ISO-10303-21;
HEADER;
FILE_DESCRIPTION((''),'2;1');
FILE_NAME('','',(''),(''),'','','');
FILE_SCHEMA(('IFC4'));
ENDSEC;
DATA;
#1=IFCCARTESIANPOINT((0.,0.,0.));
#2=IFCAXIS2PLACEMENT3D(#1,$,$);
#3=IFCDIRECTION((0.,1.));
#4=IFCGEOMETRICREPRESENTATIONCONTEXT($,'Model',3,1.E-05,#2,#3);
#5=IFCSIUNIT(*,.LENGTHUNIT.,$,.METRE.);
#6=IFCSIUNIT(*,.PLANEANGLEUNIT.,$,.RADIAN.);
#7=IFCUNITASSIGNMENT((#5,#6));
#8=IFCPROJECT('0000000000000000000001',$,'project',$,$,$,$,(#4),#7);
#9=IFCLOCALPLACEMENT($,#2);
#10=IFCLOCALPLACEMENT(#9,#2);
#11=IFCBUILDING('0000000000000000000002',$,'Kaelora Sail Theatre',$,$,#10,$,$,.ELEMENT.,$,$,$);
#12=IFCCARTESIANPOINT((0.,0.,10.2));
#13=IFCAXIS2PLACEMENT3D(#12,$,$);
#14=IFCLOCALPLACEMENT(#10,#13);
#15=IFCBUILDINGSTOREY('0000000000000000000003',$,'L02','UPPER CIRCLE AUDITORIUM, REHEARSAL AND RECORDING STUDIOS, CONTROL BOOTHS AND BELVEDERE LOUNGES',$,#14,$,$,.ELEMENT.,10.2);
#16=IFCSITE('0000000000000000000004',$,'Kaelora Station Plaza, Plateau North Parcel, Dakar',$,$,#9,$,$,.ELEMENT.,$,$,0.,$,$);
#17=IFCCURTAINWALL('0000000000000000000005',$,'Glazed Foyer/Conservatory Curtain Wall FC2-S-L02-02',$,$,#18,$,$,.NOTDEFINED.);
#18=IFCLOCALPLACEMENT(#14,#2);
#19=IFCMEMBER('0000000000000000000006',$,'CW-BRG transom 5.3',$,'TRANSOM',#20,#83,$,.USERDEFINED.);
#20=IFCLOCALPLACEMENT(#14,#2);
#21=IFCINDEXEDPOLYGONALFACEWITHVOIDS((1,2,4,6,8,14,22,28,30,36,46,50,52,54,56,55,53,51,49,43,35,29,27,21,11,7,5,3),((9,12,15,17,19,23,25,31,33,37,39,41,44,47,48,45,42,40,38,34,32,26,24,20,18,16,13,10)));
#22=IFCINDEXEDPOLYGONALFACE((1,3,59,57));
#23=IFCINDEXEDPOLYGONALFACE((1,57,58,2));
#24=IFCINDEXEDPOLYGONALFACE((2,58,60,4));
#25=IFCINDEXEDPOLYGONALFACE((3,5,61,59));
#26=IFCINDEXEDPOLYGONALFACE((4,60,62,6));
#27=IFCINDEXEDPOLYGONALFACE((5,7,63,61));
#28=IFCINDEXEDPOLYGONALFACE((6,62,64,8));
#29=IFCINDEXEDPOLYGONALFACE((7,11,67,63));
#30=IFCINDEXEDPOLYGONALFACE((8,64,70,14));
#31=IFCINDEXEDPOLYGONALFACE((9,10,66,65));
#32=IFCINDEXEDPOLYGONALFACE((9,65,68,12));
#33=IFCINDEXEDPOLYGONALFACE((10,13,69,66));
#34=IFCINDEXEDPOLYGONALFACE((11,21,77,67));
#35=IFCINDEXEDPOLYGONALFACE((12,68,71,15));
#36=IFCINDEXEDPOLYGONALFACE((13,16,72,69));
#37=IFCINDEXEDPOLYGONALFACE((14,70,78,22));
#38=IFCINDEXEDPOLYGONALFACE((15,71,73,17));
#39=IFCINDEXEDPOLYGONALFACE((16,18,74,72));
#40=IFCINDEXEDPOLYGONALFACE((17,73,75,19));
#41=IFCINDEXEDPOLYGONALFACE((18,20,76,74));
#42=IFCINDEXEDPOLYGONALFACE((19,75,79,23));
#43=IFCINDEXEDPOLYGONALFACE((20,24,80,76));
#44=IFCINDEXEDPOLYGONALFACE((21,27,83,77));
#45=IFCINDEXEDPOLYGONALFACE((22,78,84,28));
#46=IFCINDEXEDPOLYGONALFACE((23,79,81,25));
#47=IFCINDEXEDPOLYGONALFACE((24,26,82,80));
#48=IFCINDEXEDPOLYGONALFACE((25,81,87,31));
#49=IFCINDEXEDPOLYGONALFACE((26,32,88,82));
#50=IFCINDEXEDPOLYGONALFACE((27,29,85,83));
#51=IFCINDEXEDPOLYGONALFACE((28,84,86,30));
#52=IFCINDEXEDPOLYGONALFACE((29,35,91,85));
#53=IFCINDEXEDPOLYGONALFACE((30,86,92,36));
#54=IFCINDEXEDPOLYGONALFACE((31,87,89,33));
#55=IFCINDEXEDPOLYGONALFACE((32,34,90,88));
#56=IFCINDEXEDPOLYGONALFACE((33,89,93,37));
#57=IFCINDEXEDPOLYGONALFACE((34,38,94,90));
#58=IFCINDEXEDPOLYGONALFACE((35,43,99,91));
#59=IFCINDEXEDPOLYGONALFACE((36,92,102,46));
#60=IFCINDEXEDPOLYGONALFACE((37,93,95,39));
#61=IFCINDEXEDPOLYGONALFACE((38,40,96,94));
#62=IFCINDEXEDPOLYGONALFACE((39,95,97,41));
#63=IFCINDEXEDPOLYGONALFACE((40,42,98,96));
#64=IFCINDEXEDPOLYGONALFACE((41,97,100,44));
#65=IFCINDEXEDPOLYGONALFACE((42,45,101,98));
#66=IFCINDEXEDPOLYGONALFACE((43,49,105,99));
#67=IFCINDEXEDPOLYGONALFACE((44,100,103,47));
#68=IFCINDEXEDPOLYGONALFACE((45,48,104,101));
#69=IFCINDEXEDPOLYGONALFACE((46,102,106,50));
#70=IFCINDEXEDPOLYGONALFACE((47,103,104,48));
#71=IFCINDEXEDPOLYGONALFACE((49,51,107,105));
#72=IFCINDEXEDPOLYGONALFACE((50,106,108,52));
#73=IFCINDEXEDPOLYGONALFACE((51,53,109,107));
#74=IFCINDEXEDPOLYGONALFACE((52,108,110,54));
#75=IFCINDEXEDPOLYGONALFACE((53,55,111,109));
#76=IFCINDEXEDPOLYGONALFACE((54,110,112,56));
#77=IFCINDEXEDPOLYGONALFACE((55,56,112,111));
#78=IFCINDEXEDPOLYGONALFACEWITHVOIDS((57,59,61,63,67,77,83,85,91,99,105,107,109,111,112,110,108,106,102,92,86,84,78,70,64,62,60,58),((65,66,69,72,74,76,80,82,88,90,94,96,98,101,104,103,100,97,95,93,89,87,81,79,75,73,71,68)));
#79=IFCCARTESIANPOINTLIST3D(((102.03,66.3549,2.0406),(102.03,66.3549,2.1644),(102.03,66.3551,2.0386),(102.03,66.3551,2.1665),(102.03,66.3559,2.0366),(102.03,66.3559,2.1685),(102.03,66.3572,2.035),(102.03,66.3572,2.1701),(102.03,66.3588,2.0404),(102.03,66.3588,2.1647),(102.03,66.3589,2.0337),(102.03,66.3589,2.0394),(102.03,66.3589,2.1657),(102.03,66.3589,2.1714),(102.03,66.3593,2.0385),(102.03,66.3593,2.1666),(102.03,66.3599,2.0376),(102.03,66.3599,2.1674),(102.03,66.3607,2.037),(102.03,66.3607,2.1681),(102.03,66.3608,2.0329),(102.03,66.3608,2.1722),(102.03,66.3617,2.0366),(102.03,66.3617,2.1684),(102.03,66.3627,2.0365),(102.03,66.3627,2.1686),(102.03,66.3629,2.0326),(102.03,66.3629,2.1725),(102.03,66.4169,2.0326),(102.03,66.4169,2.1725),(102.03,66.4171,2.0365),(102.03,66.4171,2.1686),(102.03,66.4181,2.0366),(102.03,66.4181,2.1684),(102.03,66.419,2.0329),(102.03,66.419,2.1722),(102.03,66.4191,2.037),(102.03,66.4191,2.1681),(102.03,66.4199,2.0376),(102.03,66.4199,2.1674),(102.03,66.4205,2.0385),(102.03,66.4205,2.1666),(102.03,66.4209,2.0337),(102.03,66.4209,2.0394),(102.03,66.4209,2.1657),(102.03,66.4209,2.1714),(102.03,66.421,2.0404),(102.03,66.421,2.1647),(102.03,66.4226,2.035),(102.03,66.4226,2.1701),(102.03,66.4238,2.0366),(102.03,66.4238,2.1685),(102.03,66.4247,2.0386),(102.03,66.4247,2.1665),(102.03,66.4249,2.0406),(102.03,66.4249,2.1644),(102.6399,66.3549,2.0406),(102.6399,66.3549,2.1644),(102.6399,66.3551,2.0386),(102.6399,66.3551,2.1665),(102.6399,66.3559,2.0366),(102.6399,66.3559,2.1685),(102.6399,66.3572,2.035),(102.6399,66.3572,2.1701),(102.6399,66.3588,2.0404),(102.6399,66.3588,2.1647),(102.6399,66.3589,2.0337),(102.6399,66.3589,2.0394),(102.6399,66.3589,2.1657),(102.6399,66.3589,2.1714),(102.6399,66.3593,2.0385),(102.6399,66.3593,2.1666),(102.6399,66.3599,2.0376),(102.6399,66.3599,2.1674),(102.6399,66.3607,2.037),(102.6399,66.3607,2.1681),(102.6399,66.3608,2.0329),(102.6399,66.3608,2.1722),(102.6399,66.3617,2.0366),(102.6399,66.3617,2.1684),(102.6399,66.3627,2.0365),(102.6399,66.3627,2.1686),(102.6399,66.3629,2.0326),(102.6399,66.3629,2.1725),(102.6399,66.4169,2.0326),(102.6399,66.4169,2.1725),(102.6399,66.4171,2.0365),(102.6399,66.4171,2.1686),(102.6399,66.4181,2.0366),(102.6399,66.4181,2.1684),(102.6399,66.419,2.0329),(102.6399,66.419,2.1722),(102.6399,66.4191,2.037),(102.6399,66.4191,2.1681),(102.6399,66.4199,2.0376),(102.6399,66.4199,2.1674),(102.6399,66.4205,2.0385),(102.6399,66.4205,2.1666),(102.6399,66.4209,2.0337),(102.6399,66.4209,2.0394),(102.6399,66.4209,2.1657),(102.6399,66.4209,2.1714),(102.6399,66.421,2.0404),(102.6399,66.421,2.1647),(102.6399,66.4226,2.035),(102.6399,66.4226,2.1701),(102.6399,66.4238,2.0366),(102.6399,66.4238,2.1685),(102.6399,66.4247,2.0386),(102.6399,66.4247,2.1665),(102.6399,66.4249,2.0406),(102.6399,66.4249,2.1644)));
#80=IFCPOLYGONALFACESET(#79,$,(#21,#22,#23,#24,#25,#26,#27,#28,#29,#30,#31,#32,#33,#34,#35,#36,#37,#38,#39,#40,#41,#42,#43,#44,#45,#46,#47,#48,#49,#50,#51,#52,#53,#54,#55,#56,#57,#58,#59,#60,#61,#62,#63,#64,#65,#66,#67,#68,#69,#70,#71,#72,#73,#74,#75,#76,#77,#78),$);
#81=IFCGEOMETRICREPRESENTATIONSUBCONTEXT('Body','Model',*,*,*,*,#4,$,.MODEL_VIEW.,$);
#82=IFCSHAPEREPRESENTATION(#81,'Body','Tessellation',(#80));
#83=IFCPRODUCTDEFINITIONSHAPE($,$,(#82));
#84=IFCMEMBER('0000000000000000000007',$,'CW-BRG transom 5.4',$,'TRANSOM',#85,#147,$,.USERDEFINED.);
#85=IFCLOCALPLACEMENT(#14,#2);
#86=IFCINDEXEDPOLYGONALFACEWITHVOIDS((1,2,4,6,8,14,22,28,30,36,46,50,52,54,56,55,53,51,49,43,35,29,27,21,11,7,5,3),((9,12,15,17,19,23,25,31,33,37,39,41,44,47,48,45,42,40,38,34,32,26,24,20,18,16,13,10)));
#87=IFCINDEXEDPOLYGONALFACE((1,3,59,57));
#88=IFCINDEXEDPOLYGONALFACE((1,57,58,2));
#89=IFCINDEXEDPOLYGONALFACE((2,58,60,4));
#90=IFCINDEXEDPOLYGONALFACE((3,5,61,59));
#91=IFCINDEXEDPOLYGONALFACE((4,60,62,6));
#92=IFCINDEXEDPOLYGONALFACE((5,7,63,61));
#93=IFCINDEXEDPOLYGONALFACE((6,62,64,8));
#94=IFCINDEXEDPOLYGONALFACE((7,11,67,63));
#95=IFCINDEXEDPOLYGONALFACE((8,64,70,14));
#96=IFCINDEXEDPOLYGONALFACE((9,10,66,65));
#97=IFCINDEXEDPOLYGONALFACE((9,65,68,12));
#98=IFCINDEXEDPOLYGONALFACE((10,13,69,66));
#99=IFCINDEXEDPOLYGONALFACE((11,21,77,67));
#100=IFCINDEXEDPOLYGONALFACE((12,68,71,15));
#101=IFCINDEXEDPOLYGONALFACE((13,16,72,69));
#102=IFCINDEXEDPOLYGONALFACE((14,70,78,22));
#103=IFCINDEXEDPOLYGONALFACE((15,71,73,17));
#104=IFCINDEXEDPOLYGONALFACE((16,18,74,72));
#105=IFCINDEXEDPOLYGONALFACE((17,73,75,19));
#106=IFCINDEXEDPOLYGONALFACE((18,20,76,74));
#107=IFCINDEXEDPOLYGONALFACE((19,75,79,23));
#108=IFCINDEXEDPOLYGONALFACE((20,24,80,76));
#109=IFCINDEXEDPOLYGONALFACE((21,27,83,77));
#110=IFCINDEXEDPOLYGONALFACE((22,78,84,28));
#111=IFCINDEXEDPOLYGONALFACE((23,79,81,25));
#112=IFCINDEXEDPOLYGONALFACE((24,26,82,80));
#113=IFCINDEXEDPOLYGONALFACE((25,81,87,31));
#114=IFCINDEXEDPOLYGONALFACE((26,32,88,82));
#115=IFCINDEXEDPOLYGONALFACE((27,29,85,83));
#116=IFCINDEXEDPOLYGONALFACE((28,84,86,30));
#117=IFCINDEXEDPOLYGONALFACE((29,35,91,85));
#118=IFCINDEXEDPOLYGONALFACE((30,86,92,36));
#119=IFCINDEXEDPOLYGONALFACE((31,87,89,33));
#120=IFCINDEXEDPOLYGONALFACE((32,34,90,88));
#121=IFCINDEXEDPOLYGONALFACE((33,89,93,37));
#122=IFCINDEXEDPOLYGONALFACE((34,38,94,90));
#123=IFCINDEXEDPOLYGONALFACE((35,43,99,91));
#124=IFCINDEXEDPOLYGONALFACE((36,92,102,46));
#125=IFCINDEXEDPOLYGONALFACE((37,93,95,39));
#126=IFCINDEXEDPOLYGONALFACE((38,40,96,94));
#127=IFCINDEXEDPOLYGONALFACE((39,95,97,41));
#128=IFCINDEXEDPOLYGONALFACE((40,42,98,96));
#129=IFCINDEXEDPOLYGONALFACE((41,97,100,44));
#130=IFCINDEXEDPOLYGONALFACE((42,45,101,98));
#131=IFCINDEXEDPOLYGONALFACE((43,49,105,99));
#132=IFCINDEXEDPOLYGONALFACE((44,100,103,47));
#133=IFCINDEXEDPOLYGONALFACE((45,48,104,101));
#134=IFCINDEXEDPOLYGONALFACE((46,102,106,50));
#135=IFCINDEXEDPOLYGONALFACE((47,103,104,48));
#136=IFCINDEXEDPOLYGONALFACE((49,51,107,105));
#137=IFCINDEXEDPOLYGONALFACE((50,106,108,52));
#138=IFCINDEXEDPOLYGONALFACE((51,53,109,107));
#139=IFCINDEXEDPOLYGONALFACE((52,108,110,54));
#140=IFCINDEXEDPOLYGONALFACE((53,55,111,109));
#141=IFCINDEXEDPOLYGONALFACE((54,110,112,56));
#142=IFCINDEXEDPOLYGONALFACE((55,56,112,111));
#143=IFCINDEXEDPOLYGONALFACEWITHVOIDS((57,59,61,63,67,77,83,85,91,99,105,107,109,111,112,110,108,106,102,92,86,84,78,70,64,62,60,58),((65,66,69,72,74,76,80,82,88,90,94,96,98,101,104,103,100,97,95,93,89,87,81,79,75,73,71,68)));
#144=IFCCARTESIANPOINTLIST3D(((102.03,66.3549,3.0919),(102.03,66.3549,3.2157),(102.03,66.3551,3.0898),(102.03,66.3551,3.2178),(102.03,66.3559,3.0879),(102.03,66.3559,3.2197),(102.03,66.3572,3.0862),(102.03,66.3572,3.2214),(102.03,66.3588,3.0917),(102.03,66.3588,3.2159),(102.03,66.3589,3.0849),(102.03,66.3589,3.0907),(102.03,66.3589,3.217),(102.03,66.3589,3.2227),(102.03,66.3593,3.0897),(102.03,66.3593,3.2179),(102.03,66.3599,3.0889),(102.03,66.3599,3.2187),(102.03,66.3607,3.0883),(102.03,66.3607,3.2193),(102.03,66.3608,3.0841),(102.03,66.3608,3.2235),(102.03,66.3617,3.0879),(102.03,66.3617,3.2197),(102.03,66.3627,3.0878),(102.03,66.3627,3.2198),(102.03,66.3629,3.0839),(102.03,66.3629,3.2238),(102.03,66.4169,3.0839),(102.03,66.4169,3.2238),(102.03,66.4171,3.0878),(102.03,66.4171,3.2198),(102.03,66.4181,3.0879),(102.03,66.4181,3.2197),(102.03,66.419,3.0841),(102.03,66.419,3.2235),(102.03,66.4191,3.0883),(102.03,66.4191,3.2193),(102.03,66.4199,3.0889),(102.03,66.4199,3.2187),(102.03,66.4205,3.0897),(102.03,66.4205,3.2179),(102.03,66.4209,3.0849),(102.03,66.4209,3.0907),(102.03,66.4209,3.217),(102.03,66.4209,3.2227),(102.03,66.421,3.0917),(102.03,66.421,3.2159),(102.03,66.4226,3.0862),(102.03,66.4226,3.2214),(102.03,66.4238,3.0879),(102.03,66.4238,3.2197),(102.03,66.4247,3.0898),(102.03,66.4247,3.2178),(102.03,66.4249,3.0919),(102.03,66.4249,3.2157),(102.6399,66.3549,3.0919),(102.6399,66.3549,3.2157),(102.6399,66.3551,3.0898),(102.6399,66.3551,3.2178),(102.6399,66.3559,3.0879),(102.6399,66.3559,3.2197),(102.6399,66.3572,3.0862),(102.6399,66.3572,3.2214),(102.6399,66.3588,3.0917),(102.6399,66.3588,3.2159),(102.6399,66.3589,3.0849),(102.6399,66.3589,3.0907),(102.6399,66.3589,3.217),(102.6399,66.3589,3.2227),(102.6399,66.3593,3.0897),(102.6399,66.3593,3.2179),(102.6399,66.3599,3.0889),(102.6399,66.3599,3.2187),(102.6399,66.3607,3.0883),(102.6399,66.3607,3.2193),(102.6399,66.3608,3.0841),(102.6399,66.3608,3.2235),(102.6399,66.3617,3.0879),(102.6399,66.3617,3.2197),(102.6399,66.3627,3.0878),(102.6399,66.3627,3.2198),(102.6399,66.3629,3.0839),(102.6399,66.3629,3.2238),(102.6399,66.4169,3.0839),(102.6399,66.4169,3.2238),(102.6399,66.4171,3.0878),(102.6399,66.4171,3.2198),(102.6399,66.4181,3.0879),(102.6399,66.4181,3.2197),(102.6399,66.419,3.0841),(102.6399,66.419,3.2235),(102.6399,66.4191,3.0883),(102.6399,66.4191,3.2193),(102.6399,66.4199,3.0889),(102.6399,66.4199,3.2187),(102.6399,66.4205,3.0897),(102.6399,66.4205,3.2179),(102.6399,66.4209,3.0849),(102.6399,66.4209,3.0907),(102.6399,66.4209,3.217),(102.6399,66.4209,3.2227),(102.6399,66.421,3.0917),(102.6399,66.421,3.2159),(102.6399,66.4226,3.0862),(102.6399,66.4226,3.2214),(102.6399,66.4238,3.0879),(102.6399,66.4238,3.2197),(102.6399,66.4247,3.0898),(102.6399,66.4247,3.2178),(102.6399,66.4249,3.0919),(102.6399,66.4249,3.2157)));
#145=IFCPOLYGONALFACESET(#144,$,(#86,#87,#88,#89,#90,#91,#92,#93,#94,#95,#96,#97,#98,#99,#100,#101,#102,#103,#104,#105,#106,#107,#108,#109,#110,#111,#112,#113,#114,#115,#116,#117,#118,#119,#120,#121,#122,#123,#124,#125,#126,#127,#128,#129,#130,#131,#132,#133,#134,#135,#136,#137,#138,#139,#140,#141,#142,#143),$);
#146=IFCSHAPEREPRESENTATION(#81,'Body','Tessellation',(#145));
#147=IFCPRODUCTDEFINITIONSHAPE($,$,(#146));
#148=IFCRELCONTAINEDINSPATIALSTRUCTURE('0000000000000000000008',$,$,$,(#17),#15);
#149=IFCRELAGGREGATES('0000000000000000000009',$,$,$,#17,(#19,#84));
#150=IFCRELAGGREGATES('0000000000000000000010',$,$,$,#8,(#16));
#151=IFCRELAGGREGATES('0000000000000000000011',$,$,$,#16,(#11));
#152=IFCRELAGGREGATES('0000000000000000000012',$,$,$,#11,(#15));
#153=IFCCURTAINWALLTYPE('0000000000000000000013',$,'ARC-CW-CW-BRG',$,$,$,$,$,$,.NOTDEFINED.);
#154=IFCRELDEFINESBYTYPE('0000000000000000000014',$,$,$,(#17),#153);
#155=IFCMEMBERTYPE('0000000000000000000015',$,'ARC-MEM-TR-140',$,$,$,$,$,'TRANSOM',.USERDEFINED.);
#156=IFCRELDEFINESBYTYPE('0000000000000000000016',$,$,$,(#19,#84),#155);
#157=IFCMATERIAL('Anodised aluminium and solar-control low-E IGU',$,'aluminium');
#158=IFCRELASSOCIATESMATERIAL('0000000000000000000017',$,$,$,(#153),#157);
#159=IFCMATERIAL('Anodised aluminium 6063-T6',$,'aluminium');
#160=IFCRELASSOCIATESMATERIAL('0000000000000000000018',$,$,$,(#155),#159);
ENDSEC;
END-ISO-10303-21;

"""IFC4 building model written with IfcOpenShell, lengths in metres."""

from ifc_helpers import new_model, si_unit, direction, frame, origin, origin_2d, place, context, subcontext, project, spatial, hollow_rectangle, extrude, material, material_profile, profile_set, type_object, element, aggregate, save


model = new_model("IFC4")

# Units and contexts
model_context = context("Model", 3, precision=1e-05, world=origin(), true_north=direction((0.0, 1.0)))
body_context = subcontext(model_context, "Body", "Model", "MODEL_VIEW")
ifc_project = project(units=[si_unit("LENGTHUNIT", "METRE"), si_unit("PLANEANGLEUNIT", "RADIAN")], contexts=[model_context])

# Site, building, storey
site_placement = place(None, origin())
site = spatial("IfcSite", under=ifc_project, at=site_placement, Name="Kaelora Station Plaza, Plateau North Parcel, Dakar", CompositionType="ELEMENT", RefElevation=0.0)
building_placement = place(site_placement, origin())
building = spatial("IfcBuilding", under=site, at=building_placement, Name="Kaelora Sail Theatre", CompositionType="ELEMENT")
storey_placement = place(building_placement, frame((0.0, 0.0, 10.2)))
storey = spatial("IfcBuildingStorey", under=building, at=storey_placement, Name="L02", Description="UPPER CIRCLE AUDITORIUM, REHEARSAL AND RECORDING STUDIOS, CONTROL BOOTHS AND BELVEDERE LOUNGES", CompositionType="ELEMENT", Elevation=10.2)

# Curtain wall, members
ifc_material_1 = material(Name="Anodised aluminium and solar-control low-E IGU", Category="aluminium")
curtain_wall_type = type_object("IfcCurtainWallType", Name="ARC-CW-CW-BRG", PredefinedType="NOTDEFINED", material=ifc_material_1)
curtain_wall_placement = place(storey_placement, origin())
curtain_wall = element("IfcCurtainWall", 1, at=curtain_wall_placement, inside=storey, type_object=curtain_wall_type, Name="Glazed Foyer/Conservatory Curtain Wall FC2-S-L02-02", PredefinedType="NOTDEFINED")
ifc_material_2 = material(Name="Anodised aluminium 6063-T6", Category="aluminium")
ifc_material_profile_1 = material_profile(ifc_material_2, hollow_rectangle(XDim=0.0701, YDim=0.1399, WallThickness=0.0039, InnerFilletRadius=0.0039, OuterFilletRadius=0.0081, at=origin_2d()), Name="ALU-TRAN 70x140x4")
ifc_profile_set_1 = profile_set([ifc_material_profile_1], Name="Anodised aluminium 6063-T6")
member_type_1 = type_object("IfcMemberType", Name="ARC-MEM-TR-140", ElementType="TRANSOM", PredefinedType="USERDEFINED", material=ifc_profile_set_1)
member_1_placement = place(storey_placement, frame((102.03, 66.3899, 2.1025), z_axis=(1.0, 0.0, 0.0), x_axis=(0.0, 1.0, 0.0)))
member_1 = element("IfcMember", 2, at=member_1_placement, type_object=member_type_1, Name="CW-BRG transom 5.3", ObjectType="TRANSOM", PredefinedType="USERDEFINED", context=body_context, shape_type="SweptSolid", body=[
    extrude(hollow_rectangle(XDim=0.0701, YDim=0.1399, WallThickness=0.0039, InnerFilletRadius=0.0039, OuterFilletRadius=0.0081, at=origin_2d()), origin(), (0.0, 0.0, 1.0), 0.6099),
])
member_2_placement = place(storey_placement, frame((102.03, 66.3899, 3.1538), z_axis=(1.0, 0.0, 0.0), x_axis=(0.0, 1.0, 0.0)))
member_2 = element("IfcMember", 3, at=member_2_placement, type_object=member_type_1, Name="CW-BRG transom 5.4", ObjectType="TRANSOM", PredefinedType="USERDEFINED", context=body_context, shape_type="SweptSolid", body=[
    extrude(hollow_rectangle(XDim=0.0701, YDim=0.1399, WallThickness=0.0039, InnerFilletRadius=0.0039, OuterFilletRadius=0.0081, at=origin_2d()), origin(), (0.0, 0.0, 1.0), 0.6099),
])
aggregate(curtain_wall, [member_1, member_2])

save(model, "model.ifc")
